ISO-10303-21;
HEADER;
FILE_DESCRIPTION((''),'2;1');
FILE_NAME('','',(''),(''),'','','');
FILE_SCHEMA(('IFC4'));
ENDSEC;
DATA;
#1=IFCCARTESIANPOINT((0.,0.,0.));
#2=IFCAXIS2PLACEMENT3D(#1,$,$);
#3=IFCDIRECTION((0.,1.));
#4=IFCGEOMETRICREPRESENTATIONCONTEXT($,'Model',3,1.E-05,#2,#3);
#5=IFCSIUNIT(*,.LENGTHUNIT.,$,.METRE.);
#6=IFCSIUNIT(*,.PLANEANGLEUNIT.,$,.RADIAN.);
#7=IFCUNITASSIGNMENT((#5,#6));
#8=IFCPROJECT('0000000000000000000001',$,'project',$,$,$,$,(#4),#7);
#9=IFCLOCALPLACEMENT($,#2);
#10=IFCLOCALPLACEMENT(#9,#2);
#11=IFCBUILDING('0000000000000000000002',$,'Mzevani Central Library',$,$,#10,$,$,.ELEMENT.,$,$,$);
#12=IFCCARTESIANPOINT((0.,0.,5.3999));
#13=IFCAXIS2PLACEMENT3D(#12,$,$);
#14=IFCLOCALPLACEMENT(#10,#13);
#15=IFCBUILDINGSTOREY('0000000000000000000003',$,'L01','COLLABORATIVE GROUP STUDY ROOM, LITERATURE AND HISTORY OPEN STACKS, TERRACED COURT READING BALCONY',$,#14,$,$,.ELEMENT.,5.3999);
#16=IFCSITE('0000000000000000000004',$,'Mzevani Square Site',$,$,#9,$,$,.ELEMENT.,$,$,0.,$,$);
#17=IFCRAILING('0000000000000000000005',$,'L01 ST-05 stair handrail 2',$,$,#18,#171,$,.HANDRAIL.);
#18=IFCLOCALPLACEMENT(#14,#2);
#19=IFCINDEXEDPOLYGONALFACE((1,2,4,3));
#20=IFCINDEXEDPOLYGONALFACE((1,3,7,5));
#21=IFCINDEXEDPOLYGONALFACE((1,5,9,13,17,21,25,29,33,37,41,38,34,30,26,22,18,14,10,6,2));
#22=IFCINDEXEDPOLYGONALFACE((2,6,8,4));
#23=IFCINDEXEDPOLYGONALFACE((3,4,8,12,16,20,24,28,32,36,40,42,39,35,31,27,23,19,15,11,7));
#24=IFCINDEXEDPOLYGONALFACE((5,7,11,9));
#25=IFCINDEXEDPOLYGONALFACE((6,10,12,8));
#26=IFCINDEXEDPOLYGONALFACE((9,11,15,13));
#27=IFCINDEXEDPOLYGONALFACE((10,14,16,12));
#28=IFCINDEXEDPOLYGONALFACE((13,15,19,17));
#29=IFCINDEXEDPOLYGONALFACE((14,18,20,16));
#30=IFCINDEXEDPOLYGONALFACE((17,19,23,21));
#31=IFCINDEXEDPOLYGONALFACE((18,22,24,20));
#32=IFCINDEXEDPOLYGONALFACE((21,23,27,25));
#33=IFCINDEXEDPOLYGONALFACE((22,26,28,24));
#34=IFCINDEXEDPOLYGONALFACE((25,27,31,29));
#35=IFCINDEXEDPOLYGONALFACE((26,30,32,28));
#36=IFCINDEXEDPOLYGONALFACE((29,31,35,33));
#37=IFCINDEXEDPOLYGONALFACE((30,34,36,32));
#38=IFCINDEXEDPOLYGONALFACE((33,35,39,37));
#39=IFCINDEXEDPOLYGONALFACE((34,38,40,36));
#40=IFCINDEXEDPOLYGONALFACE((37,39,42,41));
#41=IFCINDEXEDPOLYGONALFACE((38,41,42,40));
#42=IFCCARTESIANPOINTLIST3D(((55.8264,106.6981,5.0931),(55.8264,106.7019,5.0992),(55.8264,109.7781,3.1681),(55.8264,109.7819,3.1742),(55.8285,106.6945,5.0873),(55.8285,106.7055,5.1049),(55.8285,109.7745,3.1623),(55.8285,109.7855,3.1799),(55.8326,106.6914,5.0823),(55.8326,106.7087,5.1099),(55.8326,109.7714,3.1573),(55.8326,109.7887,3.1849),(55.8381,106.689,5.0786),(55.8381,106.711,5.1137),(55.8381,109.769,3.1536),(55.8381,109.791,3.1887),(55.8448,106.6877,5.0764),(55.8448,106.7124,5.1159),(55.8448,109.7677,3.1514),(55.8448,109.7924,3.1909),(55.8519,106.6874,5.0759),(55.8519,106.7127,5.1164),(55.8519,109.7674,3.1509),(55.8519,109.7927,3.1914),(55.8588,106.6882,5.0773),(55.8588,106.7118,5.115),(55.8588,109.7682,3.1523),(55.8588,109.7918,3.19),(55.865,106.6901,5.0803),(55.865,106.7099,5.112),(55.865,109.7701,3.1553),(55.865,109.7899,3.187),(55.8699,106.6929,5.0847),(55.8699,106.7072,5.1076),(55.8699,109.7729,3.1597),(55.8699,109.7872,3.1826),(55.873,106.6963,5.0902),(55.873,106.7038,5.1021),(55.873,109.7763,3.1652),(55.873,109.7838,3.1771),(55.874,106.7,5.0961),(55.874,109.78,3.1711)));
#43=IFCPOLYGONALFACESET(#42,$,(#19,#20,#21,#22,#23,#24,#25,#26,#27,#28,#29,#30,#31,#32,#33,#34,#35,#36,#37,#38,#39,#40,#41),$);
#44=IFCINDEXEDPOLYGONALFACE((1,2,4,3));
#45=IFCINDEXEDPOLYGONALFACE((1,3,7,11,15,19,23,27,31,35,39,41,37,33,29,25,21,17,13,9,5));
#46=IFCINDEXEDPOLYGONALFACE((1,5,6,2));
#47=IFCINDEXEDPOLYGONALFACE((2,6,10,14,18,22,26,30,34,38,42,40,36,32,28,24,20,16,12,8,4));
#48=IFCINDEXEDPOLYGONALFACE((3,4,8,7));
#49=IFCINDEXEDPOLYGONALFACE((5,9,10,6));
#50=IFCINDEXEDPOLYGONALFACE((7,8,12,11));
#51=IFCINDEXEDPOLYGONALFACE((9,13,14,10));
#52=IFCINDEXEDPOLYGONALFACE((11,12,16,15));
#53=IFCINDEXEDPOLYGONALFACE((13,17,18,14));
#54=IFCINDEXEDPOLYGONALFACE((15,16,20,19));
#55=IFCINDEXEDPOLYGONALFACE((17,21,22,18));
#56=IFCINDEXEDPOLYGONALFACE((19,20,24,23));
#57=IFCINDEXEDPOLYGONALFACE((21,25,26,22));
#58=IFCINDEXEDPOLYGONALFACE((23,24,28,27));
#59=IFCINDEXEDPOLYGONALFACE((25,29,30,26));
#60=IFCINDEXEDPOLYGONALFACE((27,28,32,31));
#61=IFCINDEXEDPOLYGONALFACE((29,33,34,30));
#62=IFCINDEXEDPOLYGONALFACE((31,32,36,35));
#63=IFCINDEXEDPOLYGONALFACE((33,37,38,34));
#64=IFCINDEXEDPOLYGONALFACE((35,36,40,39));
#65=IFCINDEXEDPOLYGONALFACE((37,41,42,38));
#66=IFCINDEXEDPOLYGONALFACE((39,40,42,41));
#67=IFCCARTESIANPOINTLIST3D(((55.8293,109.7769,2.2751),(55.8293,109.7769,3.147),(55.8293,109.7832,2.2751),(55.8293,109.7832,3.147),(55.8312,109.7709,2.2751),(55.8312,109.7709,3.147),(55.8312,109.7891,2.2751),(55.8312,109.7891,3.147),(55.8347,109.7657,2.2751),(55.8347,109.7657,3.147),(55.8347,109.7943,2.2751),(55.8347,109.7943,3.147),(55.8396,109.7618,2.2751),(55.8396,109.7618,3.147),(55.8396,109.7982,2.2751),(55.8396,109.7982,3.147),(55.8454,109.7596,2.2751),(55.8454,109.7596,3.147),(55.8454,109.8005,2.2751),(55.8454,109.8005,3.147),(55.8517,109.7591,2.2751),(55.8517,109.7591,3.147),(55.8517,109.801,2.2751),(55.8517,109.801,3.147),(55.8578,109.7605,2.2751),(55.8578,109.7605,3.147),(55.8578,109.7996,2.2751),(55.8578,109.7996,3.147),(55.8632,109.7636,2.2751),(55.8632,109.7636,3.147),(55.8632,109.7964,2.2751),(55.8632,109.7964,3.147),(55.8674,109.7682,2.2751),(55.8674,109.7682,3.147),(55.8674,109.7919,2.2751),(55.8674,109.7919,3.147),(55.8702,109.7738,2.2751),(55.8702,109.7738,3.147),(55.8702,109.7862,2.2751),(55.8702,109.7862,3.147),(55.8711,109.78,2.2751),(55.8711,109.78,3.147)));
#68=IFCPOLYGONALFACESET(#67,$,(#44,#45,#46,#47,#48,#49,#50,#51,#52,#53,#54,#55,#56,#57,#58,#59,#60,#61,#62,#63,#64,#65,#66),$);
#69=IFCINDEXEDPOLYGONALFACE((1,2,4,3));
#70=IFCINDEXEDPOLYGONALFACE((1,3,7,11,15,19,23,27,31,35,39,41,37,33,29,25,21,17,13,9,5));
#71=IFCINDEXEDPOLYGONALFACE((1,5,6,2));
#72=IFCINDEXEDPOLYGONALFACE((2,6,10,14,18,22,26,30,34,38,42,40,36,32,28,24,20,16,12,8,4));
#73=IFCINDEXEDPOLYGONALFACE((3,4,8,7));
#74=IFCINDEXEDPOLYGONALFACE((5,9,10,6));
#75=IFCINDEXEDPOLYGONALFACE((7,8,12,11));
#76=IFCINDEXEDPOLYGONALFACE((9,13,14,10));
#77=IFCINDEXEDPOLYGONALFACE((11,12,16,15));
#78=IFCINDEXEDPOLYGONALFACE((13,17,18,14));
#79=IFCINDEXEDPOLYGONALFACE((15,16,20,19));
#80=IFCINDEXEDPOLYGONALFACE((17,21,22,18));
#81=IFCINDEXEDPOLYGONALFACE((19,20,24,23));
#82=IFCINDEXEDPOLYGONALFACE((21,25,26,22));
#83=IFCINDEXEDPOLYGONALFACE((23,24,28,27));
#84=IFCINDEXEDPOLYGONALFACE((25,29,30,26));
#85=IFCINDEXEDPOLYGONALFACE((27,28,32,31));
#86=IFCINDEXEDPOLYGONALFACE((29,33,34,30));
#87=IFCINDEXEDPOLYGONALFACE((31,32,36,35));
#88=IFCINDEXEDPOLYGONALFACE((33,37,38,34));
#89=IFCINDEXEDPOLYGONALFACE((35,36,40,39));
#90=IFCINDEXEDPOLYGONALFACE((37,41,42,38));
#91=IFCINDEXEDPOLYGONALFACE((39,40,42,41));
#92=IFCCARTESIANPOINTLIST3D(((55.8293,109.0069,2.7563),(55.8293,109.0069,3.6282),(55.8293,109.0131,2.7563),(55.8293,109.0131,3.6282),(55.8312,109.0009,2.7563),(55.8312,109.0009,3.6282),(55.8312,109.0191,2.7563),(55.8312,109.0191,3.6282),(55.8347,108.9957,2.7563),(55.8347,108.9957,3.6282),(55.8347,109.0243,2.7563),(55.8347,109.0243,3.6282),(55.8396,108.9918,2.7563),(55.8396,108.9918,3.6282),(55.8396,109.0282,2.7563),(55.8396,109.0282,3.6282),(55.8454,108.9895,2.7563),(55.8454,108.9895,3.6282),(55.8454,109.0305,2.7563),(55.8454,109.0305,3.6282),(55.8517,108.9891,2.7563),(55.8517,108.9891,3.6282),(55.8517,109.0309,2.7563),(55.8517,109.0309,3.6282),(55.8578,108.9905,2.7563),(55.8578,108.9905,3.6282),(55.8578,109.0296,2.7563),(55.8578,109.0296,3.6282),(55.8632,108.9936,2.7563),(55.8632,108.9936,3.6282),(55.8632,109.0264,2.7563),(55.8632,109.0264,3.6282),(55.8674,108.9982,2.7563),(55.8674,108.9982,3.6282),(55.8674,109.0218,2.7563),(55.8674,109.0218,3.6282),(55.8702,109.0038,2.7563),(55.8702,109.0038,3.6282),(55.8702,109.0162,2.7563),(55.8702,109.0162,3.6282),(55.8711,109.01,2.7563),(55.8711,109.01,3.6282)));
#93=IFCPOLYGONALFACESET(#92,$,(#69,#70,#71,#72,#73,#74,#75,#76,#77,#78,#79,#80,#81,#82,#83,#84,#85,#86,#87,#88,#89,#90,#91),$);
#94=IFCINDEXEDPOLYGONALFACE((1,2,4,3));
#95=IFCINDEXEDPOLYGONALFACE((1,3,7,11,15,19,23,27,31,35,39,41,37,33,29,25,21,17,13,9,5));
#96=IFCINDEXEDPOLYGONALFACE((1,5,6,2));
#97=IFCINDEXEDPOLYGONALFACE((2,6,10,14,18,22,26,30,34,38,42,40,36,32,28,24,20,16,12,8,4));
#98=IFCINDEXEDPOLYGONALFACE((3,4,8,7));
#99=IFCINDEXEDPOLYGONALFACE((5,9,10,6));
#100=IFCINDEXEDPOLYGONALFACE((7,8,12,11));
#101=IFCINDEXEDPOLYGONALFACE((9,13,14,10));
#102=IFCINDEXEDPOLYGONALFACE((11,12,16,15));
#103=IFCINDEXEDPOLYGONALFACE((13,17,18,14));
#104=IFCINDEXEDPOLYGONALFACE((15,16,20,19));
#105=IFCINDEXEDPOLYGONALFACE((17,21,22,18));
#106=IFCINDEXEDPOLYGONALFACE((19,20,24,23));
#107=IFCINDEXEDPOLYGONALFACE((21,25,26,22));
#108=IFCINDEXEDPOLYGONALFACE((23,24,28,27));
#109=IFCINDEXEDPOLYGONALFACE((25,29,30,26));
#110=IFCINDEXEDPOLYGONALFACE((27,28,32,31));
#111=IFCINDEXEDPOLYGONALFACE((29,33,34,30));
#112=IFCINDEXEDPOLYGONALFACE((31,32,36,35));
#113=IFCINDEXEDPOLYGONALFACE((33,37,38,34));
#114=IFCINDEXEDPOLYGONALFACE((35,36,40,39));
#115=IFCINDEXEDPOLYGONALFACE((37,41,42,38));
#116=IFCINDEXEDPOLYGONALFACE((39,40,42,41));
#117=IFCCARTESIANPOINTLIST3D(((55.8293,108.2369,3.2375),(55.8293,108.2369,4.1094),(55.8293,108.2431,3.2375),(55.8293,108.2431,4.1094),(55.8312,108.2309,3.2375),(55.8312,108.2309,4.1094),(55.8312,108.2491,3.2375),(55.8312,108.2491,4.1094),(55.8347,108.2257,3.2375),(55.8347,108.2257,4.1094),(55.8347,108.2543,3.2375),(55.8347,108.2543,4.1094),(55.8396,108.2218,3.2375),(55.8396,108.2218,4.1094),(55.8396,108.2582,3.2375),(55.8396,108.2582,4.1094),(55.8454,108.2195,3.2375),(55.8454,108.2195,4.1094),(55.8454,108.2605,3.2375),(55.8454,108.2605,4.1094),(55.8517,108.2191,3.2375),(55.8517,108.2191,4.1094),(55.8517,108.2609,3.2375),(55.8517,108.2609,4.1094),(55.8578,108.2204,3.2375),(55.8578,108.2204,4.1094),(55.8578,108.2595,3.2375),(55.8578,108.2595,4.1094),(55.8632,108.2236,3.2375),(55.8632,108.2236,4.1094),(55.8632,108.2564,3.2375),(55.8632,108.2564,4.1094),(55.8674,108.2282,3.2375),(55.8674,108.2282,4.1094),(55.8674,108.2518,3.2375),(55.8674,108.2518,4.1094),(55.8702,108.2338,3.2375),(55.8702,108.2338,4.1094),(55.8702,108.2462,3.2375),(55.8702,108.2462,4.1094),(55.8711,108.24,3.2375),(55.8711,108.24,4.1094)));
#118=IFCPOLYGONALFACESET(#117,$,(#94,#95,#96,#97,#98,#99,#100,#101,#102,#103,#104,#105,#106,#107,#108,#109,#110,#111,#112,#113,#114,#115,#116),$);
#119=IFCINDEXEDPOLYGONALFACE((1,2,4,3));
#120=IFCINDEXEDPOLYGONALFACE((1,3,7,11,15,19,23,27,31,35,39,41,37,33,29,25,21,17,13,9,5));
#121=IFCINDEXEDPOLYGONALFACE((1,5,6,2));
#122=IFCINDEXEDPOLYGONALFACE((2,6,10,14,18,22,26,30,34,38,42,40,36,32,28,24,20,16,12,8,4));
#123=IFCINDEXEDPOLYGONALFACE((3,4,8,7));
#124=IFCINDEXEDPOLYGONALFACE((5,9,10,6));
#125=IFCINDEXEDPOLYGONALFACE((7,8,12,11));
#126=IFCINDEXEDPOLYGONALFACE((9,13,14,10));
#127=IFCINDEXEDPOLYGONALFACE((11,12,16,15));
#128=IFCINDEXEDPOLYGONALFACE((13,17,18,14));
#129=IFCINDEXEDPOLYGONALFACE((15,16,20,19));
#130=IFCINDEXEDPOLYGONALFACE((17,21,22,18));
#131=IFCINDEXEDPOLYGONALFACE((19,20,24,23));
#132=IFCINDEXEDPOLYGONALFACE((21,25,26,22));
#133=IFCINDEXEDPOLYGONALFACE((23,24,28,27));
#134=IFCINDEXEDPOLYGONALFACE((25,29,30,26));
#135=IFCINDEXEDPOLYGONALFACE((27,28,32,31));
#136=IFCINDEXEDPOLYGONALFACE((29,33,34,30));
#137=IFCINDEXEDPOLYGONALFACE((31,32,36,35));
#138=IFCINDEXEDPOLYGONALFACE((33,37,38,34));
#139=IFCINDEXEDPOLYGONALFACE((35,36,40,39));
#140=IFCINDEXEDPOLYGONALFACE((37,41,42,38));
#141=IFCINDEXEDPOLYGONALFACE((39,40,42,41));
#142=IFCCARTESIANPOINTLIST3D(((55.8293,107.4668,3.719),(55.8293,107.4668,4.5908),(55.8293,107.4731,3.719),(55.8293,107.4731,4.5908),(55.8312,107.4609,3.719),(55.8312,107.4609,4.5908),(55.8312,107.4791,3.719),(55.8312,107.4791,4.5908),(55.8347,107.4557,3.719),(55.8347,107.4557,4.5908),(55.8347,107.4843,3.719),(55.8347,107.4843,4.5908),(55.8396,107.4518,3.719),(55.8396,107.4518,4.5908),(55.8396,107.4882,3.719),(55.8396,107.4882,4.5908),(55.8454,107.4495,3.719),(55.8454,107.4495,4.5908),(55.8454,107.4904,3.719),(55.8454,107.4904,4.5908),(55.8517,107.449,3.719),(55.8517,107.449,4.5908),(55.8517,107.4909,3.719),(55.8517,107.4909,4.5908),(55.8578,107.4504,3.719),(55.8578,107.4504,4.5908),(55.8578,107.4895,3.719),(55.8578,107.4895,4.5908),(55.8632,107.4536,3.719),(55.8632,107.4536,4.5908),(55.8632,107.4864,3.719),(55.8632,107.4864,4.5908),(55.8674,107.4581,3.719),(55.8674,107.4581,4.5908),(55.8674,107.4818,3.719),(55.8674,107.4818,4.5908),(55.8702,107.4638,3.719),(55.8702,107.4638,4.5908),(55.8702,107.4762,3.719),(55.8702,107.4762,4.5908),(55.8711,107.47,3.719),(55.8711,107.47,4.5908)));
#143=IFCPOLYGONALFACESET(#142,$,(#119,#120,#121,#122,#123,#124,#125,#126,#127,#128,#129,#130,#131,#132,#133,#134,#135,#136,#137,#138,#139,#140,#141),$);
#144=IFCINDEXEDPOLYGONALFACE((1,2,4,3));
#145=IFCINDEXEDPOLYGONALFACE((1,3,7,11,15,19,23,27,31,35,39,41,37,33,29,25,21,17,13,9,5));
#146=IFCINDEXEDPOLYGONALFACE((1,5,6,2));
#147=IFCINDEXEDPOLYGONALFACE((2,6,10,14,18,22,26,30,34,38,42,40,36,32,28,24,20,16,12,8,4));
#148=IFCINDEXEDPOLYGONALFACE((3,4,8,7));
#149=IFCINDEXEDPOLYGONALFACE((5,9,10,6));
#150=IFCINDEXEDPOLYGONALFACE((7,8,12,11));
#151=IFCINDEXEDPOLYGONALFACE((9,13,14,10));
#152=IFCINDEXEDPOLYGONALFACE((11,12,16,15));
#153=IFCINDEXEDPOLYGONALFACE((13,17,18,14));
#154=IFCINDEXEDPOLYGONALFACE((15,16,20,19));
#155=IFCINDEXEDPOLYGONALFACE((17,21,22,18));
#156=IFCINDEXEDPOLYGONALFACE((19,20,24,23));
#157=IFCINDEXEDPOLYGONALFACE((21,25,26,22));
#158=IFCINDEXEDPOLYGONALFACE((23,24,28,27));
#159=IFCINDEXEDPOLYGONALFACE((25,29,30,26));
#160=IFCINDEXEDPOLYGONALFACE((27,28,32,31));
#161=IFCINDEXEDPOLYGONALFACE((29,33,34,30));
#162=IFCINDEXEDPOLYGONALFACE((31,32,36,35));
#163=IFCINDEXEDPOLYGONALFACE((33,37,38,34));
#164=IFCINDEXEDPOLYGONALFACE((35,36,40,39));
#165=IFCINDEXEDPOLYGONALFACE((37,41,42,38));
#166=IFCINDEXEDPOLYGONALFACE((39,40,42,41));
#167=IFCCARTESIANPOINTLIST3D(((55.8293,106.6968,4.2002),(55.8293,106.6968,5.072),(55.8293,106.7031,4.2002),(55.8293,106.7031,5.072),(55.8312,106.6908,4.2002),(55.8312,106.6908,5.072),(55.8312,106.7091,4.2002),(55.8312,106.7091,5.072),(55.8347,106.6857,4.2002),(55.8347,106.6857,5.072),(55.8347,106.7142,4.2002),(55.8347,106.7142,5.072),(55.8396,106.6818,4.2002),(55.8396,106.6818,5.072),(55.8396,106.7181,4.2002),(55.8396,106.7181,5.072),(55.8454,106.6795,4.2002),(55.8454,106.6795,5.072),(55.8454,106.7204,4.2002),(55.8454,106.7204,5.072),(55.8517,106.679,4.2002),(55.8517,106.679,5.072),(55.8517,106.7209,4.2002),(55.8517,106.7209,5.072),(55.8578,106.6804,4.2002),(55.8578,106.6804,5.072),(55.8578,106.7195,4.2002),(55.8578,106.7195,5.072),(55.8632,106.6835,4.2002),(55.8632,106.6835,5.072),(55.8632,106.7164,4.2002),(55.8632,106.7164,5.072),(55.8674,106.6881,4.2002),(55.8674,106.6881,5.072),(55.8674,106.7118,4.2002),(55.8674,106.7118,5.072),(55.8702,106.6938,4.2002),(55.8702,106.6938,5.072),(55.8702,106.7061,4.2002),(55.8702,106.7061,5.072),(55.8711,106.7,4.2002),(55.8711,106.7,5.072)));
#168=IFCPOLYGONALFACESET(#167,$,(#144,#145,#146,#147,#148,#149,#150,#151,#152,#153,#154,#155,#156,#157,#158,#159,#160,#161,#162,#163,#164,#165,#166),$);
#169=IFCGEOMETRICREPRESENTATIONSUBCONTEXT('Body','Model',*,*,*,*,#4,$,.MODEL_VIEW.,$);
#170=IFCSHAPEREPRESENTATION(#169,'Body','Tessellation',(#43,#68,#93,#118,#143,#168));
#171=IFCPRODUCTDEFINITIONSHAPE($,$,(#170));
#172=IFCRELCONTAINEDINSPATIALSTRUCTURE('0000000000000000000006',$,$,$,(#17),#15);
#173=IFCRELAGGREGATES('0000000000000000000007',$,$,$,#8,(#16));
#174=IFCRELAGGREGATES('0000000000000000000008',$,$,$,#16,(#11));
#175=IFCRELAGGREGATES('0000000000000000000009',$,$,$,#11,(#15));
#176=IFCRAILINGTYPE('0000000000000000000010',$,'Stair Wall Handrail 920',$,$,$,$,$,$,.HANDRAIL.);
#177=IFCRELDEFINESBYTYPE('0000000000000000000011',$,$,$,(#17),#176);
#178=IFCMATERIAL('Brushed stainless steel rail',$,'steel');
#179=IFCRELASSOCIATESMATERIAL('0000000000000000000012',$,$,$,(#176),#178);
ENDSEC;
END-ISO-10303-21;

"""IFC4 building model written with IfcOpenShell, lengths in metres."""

from ifc_helpers import new_model, si_unit, direction, frame, origin, origin_2d, place, context, subcontext, project, spatial, circle, extrude, material, type_object, element, save


model = new_model("IFC4")

# Units and contexts
model_context = context("Model", 3, precision=1e-05, world=origin(), true_north=direction((0.0, 1.0)))
body_context = subcontext(model_context, "Body", "Model", "MODEL_VIEW")
ifc_project = project(units=[si_unit("LENGTHUNIT", "METRE"), si_unit("PLANEANGLEUNIT", "RADIAN")], contexts=[model_context])

# Site, building, storey
site_placement = place(None, origin())
site = spatial("IfcSite", under=ifc_project, at=site_placement, Name="Mzevani Square Site", CompositionType="ELEMENT", RefElevation=0.0)
building_placement = place(site_placement, origin())
building = spatial("IfcBuilding", under=site, at=building_placement, Name="Mzevani Central Library", CompositionType="ELEMENT")
storey_placement = place(building_placement, frame((0.0, 0.0, 5.3999)))
storey = spatial("IfcBuildingStorey", under=building, at=storey_placement, Name="L01", Description="COLLABORATIVE GROUP STUDY ROOM, LITERATURE AND HISTORY OPEN STACKS, TERRACED COURT READING BALCONY", CompositionType="ELEMENT", Elevation=5.3999)

# Shared definitions
ifc_material_1 = material(Name="Brushed stainless steel rail", Category="steel")

# Railing
railing_type_1 = type_object("IfcRailingType", Name="Stair Wall Handrail 920", PredefinedType="HANDRAIL", material=ifc_material_1)
railing_1_placement = place(storey_placement, frame((55.8501, 109.78, 2.2751)))
element("IfcRailing", 1, at=railing_1_placement, inside=storey, type_object=railing_type_1, Name="L01 ST-05 stair handrail 2", PredefinedType="HANDRAIL", context=body_context, shape_type="SweptSolid", body=[
    extrude(circle(Radius=0.0239, at=origin_2d()), frame((0.0, 0.0, 0.896), z_axis=(0.0, -0.847998, 0.529999), x_axis=(1.0, 0.0, 0.0)), (0.0, 0.0, 1.0), 3.6321),
    extrude(circle(Radius=0.021, at=origin_2d()), origin(), (0.0, 0.0, 1.0), 0.8718),
    extrude(circle(Radius=0.021, at=origin_2d()), frame((0.0, -0.77, 0.4812)), (0.0, 0.0, 1.0), 0.8718),
    extrude(circle(Radius=0.021, at=origin_2d()), frame((0.0, -1.54, 0.9624)), (0.0, 0.0, 1.0), 0.8718),
    extrude(circle(Radius=0.021, at=origin_2d()), frame((0.0, -2.3101, 1.4438)), (0.0, 0.0, 1.0), 0.8718),
    extrude(circle(Radius=0.021, at=origin_2d()), frame((0.0, -3.0801, 1.925)), (0.0, 0.0, 1.0), 0.8718),
])

save(model, "model.ifc")
